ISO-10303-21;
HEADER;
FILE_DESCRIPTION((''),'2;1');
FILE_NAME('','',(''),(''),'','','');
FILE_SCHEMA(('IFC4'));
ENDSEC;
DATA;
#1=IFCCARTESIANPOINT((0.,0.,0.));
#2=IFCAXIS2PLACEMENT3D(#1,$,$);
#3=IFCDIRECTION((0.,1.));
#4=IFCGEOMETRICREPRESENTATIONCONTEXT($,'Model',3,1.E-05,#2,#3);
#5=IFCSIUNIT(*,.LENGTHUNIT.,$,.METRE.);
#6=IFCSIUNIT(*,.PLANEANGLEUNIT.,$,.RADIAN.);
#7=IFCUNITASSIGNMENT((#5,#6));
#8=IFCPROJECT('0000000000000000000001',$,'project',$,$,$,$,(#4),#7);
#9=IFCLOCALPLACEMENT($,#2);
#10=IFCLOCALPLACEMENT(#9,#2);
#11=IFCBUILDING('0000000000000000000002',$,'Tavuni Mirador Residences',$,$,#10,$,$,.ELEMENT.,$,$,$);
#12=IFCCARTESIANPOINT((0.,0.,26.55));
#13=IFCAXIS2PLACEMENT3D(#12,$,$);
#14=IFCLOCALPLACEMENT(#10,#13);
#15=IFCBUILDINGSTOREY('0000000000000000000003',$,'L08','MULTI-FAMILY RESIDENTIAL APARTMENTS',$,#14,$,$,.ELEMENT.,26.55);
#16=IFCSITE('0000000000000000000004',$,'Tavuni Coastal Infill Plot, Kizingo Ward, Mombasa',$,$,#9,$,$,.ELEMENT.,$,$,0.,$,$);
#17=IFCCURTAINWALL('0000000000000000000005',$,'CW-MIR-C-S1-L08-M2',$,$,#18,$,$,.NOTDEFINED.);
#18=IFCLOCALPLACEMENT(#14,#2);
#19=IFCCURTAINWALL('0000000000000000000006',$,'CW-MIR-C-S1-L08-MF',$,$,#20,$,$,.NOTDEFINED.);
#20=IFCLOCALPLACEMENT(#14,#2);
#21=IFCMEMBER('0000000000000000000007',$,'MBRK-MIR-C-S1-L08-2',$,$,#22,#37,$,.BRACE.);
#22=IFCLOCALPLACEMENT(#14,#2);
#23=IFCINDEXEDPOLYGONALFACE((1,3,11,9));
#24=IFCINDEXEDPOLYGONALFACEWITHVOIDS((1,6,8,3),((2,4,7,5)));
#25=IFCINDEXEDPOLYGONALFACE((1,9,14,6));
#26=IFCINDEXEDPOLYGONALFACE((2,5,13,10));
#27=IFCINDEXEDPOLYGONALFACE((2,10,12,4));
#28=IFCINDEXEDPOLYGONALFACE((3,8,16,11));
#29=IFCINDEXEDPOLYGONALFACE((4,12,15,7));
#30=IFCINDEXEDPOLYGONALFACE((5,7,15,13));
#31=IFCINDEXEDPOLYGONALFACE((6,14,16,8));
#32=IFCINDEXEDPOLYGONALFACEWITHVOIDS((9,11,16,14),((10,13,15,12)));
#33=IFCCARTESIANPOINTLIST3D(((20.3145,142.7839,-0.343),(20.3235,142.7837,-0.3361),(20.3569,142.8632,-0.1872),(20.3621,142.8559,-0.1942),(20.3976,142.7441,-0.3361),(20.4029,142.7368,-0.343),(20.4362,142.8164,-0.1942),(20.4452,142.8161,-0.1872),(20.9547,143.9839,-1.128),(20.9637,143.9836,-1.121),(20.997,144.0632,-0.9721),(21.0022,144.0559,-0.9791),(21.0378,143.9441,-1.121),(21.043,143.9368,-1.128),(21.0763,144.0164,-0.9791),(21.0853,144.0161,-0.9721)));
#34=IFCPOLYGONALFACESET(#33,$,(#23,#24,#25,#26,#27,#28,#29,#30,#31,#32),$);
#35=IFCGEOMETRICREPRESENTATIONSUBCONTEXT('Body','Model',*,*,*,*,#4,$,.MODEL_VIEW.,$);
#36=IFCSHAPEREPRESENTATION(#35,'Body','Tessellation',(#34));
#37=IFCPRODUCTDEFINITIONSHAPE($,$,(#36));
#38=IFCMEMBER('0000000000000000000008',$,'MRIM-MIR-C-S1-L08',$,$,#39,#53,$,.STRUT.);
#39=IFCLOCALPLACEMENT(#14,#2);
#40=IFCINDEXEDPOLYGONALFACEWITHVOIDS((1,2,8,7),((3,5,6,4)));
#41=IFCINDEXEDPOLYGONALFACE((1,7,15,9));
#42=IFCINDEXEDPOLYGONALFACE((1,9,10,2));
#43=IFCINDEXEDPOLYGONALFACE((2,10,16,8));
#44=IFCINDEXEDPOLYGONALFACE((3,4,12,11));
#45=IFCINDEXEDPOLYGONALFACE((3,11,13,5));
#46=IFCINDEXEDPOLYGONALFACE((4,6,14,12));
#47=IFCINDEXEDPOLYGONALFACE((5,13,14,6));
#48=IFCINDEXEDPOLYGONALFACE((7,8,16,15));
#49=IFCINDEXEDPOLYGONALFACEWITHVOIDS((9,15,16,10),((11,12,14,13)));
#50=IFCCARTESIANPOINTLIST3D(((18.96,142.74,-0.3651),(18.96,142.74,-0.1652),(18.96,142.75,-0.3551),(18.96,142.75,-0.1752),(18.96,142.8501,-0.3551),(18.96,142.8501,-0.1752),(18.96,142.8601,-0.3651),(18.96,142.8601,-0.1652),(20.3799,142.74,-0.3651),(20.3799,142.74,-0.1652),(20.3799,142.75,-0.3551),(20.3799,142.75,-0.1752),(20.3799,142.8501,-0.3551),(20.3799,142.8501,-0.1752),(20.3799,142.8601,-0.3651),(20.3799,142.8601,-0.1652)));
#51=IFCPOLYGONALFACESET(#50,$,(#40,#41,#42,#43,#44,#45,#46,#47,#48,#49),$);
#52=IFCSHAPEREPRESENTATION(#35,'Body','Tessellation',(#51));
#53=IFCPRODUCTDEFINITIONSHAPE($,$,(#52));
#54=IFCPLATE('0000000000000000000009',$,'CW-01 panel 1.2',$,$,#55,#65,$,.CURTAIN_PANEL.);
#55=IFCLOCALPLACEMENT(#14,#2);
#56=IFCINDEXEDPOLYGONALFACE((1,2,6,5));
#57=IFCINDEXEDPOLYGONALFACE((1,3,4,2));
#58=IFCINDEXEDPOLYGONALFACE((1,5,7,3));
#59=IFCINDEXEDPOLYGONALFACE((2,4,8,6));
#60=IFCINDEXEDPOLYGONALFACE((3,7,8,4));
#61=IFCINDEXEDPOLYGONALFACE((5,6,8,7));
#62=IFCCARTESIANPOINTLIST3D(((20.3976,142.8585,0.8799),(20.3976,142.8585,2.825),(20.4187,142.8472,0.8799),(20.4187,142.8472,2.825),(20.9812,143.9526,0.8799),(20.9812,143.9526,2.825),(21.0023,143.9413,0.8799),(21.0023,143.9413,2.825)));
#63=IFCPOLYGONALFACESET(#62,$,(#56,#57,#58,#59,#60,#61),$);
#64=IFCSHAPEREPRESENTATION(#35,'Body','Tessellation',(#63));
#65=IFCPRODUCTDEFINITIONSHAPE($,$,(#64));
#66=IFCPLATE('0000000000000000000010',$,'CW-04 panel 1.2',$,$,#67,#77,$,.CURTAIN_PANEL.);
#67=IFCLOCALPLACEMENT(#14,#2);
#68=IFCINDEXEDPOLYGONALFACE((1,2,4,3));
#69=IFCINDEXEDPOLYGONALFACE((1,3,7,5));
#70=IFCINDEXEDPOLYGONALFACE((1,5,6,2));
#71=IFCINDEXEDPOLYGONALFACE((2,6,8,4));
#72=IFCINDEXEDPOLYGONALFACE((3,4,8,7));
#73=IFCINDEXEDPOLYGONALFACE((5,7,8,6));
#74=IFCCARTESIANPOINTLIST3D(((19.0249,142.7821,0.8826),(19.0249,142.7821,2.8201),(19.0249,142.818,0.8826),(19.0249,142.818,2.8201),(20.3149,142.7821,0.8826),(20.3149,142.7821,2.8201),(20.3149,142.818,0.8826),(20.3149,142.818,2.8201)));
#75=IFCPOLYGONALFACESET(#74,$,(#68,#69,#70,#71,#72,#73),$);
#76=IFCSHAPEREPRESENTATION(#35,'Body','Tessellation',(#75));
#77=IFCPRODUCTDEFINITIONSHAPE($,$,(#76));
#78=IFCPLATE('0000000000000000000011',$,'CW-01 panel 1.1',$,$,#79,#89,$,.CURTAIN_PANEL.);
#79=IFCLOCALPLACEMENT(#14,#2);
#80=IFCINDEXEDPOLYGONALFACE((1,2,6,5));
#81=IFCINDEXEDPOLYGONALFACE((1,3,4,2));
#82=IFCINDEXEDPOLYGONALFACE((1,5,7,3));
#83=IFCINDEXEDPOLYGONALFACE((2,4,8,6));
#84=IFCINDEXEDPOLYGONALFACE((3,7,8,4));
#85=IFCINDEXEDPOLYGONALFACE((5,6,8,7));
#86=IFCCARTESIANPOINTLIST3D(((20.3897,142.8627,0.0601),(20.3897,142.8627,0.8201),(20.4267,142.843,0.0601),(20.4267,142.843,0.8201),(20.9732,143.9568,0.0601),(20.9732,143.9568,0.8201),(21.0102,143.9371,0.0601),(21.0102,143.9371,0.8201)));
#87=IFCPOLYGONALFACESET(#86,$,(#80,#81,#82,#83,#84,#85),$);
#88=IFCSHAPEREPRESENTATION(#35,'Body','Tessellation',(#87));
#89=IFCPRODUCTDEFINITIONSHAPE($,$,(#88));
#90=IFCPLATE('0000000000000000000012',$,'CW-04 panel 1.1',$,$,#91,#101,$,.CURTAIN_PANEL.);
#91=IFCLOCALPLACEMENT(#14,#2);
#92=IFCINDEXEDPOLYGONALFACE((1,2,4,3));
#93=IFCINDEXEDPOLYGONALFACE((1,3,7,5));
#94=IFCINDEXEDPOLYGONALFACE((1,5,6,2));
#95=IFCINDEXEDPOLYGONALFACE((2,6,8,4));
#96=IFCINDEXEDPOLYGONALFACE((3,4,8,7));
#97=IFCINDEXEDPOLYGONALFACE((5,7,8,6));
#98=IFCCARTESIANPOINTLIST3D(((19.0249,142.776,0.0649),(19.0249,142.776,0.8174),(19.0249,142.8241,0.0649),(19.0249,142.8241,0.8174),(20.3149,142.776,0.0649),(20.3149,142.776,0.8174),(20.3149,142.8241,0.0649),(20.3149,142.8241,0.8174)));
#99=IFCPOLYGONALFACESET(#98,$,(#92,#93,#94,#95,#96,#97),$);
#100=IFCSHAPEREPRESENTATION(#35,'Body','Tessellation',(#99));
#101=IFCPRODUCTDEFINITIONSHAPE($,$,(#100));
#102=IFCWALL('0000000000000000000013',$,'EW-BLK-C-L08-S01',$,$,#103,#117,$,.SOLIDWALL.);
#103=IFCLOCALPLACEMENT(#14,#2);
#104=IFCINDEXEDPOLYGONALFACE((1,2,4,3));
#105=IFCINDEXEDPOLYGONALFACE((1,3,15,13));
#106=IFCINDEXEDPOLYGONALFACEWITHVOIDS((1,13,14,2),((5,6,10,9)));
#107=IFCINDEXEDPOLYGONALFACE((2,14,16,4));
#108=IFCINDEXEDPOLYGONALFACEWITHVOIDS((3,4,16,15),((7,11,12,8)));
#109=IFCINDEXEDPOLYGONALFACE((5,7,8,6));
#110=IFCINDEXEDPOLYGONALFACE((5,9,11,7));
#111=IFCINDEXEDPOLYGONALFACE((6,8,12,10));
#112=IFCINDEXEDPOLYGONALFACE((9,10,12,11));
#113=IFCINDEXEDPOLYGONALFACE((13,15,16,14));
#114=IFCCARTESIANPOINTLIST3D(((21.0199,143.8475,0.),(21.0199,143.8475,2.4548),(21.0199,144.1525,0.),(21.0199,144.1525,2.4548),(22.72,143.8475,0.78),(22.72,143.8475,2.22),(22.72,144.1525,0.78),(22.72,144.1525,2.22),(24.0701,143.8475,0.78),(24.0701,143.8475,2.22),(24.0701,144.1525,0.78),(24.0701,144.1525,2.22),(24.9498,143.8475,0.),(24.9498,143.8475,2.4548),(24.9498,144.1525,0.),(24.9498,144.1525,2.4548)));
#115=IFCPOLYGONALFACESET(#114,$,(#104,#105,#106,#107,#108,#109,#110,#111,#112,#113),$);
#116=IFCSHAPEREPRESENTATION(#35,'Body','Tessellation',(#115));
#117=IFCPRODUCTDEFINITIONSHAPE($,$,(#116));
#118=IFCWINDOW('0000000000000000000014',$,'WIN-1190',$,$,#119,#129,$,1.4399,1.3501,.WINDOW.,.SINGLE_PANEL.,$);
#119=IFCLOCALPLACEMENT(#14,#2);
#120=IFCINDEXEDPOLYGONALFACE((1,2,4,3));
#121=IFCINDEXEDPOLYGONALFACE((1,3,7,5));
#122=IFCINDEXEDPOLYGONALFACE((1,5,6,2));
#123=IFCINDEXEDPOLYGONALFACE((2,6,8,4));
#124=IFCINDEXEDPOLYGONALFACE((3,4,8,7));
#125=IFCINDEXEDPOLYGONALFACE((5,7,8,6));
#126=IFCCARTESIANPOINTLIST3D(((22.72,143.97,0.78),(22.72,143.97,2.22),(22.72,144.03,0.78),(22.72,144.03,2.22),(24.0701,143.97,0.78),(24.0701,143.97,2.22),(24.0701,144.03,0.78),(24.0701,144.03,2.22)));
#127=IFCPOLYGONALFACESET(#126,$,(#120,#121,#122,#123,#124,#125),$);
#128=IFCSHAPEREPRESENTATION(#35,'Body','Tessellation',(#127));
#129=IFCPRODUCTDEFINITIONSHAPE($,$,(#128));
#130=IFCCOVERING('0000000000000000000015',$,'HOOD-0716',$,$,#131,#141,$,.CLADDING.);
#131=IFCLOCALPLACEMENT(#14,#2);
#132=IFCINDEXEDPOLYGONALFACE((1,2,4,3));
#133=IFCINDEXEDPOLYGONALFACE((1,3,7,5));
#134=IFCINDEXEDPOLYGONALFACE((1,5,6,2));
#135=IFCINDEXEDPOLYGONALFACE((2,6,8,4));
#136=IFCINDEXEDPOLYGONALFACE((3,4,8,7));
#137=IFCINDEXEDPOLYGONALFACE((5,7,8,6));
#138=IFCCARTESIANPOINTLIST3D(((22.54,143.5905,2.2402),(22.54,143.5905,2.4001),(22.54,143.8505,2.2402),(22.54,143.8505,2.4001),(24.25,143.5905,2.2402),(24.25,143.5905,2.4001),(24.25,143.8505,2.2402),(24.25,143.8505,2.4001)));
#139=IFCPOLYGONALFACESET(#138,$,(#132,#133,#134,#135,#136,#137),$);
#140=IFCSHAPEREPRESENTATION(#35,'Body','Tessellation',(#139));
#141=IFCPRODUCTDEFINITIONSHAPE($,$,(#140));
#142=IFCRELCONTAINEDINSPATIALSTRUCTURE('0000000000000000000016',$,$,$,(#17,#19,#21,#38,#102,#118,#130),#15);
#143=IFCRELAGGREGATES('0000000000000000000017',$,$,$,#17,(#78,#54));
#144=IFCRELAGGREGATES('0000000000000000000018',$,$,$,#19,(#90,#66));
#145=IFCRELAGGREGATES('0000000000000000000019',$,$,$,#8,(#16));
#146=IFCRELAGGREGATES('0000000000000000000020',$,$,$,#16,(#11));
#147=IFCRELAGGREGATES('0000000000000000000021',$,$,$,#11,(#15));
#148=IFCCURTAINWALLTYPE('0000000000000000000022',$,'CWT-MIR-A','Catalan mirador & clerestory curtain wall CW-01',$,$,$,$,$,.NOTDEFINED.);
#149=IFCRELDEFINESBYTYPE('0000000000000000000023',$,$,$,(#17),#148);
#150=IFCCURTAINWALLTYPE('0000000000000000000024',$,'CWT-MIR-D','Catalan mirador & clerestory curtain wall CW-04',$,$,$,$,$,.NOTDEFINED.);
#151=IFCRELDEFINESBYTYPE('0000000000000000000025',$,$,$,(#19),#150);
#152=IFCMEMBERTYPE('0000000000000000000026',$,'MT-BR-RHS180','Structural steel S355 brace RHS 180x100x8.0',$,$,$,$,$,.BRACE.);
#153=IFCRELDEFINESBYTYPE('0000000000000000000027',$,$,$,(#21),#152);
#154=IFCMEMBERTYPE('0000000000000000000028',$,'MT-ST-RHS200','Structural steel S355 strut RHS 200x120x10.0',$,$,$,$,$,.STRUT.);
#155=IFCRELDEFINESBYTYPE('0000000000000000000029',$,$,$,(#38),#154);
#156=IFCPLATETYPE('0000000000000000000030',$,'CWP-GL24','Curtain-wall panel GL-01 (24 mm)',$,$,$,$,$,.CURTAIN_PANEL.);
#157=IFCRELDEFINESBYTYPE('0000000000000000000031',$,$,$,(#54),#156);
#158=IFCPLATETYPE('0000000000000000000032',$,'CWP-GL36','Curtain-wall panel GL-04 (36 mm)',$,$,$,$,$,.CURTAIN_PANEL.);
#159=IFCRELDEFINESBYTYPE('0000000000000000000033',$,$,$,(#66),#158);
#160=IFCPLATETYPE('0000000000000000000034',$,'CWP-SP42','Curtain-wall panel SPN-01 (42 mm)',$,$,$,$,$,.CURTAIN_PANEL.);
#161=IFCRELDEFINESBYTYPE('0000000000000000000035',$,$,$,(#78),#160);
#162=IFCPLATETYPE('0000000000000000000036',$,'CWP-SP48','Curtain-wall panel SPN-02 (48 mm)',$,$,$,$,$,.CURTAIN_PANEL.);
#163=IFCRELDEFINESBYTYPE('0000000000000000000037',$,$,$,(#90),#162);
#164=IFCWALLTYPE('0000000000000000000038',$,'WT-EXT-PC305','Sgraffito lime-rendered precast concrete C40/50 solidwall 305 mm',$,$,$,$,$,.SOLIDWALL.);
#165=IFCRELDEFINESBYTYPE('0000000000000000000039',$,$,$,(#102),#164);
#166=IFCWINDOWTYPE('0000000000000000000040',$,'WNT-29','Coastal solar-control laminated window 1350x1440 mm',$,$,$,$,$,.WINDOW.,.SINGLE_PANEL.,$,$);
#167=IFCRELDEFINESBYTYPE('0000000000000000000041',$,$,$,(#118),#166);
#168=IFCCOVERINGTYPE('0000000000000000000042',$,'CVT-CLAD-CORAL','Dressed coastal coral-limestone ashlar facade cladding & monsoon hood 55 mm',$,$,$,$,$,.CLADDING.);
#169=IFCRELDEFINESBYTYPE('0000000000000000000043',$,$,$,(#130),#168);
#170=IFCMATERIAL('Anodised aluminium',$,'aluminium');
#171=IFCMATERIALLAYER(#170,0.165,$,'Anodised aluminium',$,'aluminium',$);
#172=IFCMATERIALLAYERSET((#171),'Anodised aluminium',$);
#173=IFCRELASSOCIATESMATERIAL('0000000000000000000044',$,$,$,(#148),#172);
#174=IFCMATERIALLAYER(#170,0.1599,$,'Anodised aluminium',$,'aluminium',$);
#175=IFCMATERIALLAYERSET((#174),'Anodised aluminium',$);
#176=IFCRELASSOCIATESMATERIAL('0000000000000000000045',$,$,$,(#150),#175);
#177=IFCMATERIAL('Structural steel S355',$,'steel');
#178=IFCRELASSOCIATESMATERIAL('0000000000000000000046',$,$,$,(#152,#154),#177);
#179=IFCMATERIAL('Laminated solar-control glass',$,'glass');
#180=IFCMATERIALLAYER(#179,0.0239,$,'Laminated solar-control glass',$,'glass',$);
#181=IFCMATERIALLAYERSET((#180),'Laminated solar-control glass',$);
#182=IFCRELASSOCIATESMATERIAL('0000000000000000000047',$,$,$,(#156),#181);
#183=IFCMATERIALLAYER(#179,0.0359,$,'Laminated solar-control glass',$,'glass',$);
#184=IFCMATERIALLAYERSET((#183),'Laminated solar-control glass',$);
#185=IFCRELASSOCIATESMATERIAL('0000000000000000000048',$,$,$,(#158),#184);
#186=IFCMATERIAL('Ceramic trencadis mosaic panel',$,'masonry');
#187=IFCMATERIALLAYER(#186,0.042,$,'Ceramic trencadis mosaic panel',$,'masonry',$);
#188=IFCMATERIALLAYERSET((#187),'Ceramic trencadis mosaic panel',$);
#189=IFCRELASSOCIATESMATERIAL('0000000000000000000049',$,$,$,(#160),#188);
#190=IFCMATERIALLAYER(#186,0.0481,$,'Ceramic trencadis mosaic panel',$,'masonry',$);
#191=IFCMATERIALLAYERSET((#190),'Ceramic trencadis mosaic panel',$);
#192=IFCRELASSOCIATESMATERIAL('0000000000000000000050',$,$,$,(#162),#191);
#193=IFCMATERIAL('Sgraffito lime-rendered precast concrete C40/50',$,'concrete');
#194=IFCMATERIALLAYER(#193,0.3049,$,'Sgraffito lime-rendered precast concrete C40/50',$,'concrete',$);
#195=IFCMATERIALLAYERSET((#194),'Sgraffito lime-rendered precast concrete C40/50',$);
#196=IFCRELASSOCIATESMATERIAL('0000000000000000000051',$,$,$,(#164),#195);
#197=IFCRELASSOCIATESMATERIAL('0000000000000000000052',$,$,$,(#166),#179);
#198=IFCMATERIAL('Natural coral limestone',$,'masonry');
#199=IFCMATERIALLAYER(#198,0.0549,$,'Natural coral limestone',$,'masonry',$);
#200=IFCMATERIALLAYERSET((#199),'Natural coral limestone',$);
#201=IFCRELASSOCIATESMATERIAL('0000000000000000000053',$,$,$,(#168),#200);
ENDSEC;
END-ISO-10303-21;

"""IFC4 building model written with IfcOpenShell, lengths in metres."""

from ifc_helpers import new_model, si_unit, direction, frame, frame_2d, origin, origin_2d, place, context, subcontext, project, spatial, rectangle, hollow_rectangle, extrude, material, layer, layer_set, material_profile, profile_set, type_object, element, fill, aggregate, save


model = new_model("IFC4")

# Units and contexts
model_context = context("Model", 3, precision=1e-05, world=origin(), true_north=direction((0.0, 1.0)))
body_context = subcontext(model_context, "Body", "Model", "MODEL_VIEW")
ifc_project = project(units=[si_unit("LENGTHUNIT", "METRE"), si_unit("PLANEANGLEUNIT", "RADIAN")], contexts=[model_context])

# Site, building, storey
site_placement = place(None, origin())
site = spatial("IfcSite", under=ifc_project, at=site_placement, Name="Tavuni Coastal Infill Plot, Kizingo Ward, Mombasa", CompositionType="ELEMENT", RefElevation=0.0)
building_placement = place(site_placement, origin())
building = spatial("IfcBuilding", under=site, at=building_placement, Name="Tavuni Mirador Residences", CompositionType="ELEMENT")
storey_placement = place(building_placement, frame((0.0, 0.0, 26.55)))
storey = spatial("IfcBuildingStorey", under=building, at=storey_placement, Name="L08", Description="MULTI-FAMILY RESIDENTIAL APARTMENTS", CompositionType="ELEMENT", Elevation=26.55)

# Curtain walls
ifc_material_1 = material(Name="Anodised aluminium", Category="aluminium")
ifc_layer_1 = layer(ifc_material_1, 0.165, Name="Anodised aluminium", Category="aluminium")
ifc_layer_set_1 = layer_set([ifc_layer_1], Name="Anodised aluminium")
curtain_wall_type_1 = type_object("IfcCurtainWallType", Name="CWT-MIR-A", Description="Catalan mirador & clerestory curtain wall CW-01", PredefinedType="NOTDEFINED", material=ifc_layer_set_1)
curtain_wall_1_placement = place(storey_placement, origin())
curtain_wall_1 = element("IfcCurtainWall", 1, at=curtain_wall_1_placement, inside=storey, type_object=curtain_wall_type_1, Name="CW-MIR-C-S1-L08-M2", PredefinedType="NOTDEFINED")
ifc_layer_2 = layer(ifc_material_1, 0.1599, Name="Anodised aluminium", Category="aluminium")
ifc_layer_set_2 = layer_set([ifc_layer_2], Name="Anodised aluminium")
curtain_wall_type_2 = type_object("IfcCurtainWallType", Name="CWT-MIR-D", Description="Catalan mirador & clerestory curtain wall CW-04", PredefinedType="NOTDEFINED", material=ifc_layer_set_2)
curtain_wall_2_placement = place(storey_placement, origin())
curtain_wall_2 = element("IfcCurtainWall", 2, at=curtain_wall_2_placement, inside=storey, type_object=curtain_wall_type_2, Name="CW-MIR-C-S1-L08-MF", PredefinedType="NOTDEFINED")

# Members
ifc_material_2 = material(Name="Structural steel S355", Category="steel")
ifc_material_profile_1 = material_profile(ifc_material_2, hollow_rectangle(XDim=0.1001, YDim=0.1799, WallThickness=0.0081, at=origin_2d()), Name="RHS 180x100x8.0", Category="steel")
ifc_profile_set_1 = profile_set([ifc_material_profile_1], Name="Structural steel S355")
member_type_1 = type_object("IfcMemberType", Name="MT-BR-RHS180", Description="Structural steel S355 brace RHS 180x100x8.0", PredefinedType="BRACE", material=ifc_profile_set_1)
member_1_placement = place(storey_placement, frame((21.02, 144.0, -1.05), z_axis=(-0.407661, -0.764169, 0.499858), x_axis=(0.882303, -0.470681, 0.0)))
element("IfcMember", 3, at=member_1_placement, inside=storey, type_object=member_type_1, Name="MBRK-MIR-C-S1-L08-2", PredefinedType="BRACE", context=body_context, shape_type="SweptSolid", body=[
    extrude(hollow_rectangle(XDim=0.1001, YDim=0.1799, WallThickness=0.0081, at=origin_2d()), origin(), (0.0, 0.0, 1.0), 1.5703),
])
ifc_material_profile_2 = material_profile(ifc_material_2, hollow_rectangle(XDim=0.1201, YDim=0.2, WallThickness=0.01, at=origin_2d()), Name="RHS 200x120x10.0", Category="steel")
ifc_profile_set_2 = profile_set([ifc_material_profile_2], Name="Structural steel S355")
member_type_2 = type_object("IfcMemberType", Name="MT-ST-RHS200", Description="Structural steel S355 strut RHS 200x120x10.0", PredefinedType="STRUT", material=ifc_profile_set_2)
member_2_placement = place(storey_placement, frame((18.96, 142.8, -0.2651), z_axis=(1.0, 0.0, 0.0), x_axis=(0.0, 1.0, 0.0)))
element("IfcMember", 4, at=member_2_placement, inside=storey, type_object=member_type_2, Name="MRIM-MIR-C-S1-L08", PredefinedType="STRUT", context=body_context, shape_type="SweptSolid", body=[
    extrude(hollow_rectangle(XDim=0.1201, YDim=0.2, WallThickness=0.01, at=origin_2d()), origin(), (0.0, 0.0, 1.0), 1.4199),
])

# Plates
ifc_material_3 = material(Name="Laminated solar-control glass", Category="glass")
ifc_layer_3 = layer(ifc_material_3, 0.0239, Name="Laminated solar-control glass", Category="glass")
ifc_layer_set_3 = layer_set([ifc_layer_3], Name="Laminated solar-control glass")
plate_type_1 = type_object("IfcPlateType", Name="CWP-GL24", Description="Curtain-wall panel GL-01 (24 mm)", PredefinedType="CURTAIN_PANEL", material=ifc_layer_set_3)
plate_1_placement = place(storey_placement, frame((20.7, 143.3999, 0.8799), z_axis=(0.0, 0.0, 1.0), x_axis=(0.470588, 0.882353, 0.0)))
plate_1 = element("IfcPlate", 5, at=plate_1_placement, type_object=plate_type_1, Name="CW-01 panel 1.2", PredefinedType="CURTAIN_PANEL", context=body_context, shape_type="SweptSolid", body=[
    extrude(rectangle(XDim=1.24, YDim=0.0239, at=origin_2d()), origin(), (0.0, 0.0, 1.0), 1.9451),
])
ifc_layer_4 = layer(ifc_material_3, 0.0359, Name="Laminated solar-control glass", Category="glass")
ifc_layer_set_4 = layer_set([ifc_layer_4], Name="Laminated solar-control glass")
plate_type_2 = type_object("IfcPlateType", Name="CWP-GL36", Description="Curtain-wall panel GL-04 (36 mm)", PredefinedType="CURTAIN_PANEL", material=ifc_layer_set_4)
plate_2_placement = place(storey_placement, frame((19.6699, 142.8, 0.8826), z_axis=(0.0, 0.0, 1.0), x_axis=(1.0, 0.0, 0.0)))
plate_2 = element("IfcPlate", 6, at=plate_2_placement, type_object=plate_type_2, Name="CW-04 panel 1.2", PredefinedType="CURTAIN_PANEL", context=body_context, shape_type="SweptSolid", body=[
    extrude(rectangle(XDim=1.29, YDim=0.0359, at=origin_2d()), origin(), (0.0, 0.0, 1.0), 1.9375),
])
ifc_material_4 = material(Name="Ceramic trencadis mosaic panel", Category="masonry")
ifc_layer_5 = layer(ifc_material_4, 0.042, Name="Ceramic trencadis mosaic panel", Category="masonry")
ifc_layer_set_5 = layer_set([ifc_layer_5], Name="Ceramic trencadis mosaic panel")
plate_type_3 = type_object("IfcPlateType", Name="CWP-SP42", Description="Curtain-wall panel SPN-01 (42 mm)", PredefinedType="CURTAIN_PANEL", material=ifc_layer_set_5)
plate_3_placement = place(storey_placement, frame((20.7, 143.3999, 0.0601), z_axis=(0.0, 0.0, 1.0), x_axis=(0.470588, 0.882353, 0.0)))
plate_3 = element("IfcPlate", 7, at=plate_3_placement, type_object=plate_type_3, Name="CW-01 panel 1.1", PredefinedType="CURTAIN_PANEL", context=body_context, shape_type="SweptSolid", body=[
    extrude(rectangle(XDim=1.24, YDim=0.042, at=origin_2d()), origin(), (0.0, 0.0, 1.0), 0.76),
])
aggregate(curtain_wall_1, [plate_3, plate_1])
ifc_layer_6 = layer(ifc_material_4, 0.0481, Name="Ceramic trencadis mosaic panel", Category="masonry")
ifc_layer_set_6 = layer_set([ifc_layer_6], Name="Ceramic trencadis mosaic panel")
plate_type_4 = type_object("IfcPlateType", Name="CWP-SP48", Description="Curtain-wall panel SPN-02 (48 mm)", PredefinedType="CURTAIN_PANEL", material=ifc_layer_set_6)
plate_4_placement = place(storey_placement, frame((19.6699, 142.8, 0.0649), z_axis=(0.0, 0.0, 1.0), x_axis=(1.0, 0.0, 0.0)))
plate_4 = element("IfcPlate", 8, at=plate_4_placement, type_object=plate_type_4, Name="CW-04 panel 1.1", PredefinedType="CURTAIN_PANEL", context=body_context, shape_type="SweptSolid", body=[
    extrude(rectangle(XDim=1.29, YDim=0.0481, at=origin_2d()), origin(), (0.0, 0.0, 1.0), 0.7524),
])
aggregate(curtain_wall_2, [plate_4, plate_2])

# Wall, opening, window
ifc_material_5 = material(Name="Sgraffito lime-rendered precast concrete C40/50", Category="concrete")
ifc_layer_7 = layer(ifc_material_5, 0.3049, Name="Sgraffito lime-rendered precast concrete C40/50", Category="concrete")
ifc_layer_set_7 = layer_set([ifc_layer_7], Name="Sgraffito lime-rendered precast concrete C40/50")
wall_type = type_object("IfcWallType", Name="WT-EXT-PC305", Description="Sgraffito lime-rendered precast concrete C40/50 solidwall 305 mm", PredefinedType="SOLIDWALL", material=ifc_layer_set_7)
wall_placement = place(storey_placement, frame((21.02, 144.0, 0.0), z_axis=(0.0, 0.0, 1.0), x_axis=(1.0, 0.0, 0.0)))
wall = element("IfcWall", 9, at=wall_placement, inside=storey, type_object=wall_type, Name="EW-BLK-C-L08-S01", PredefinedType="SOLIDWALL", context=body_context, shape_type="SweptSolid", body=[
    extrude(rectangle(XDim=3.9299, YDim=0.3049, at=frame_2d((1.9648, 0.0))), origin(), (0.0, 0.0, 1.0), 2.4548),
])
opening_placement = place(wall_placement, frame((1.7, 0.0, 0.78)))
opening = element("IfcOpeningElement", 10, at=opening_placement, cuts=wall, PredefinedType="OPENING", context=body_context, shape_type="SweptSolid", body=[
    extrude(rectangle(XDim=1.3501, YDim=1.4399, at=frame_2d((0.675, 0.72))), frame((0.0, 0.1626, 0.0), z_axis=(0.0, -1.0, 0.0), x_axis=(1.0, 0.0, 0.0)), (0.0, 0.0, 1.0), 0.325),
])
window_type = type_object("IfcWindowType", Name="WNT-29", Description="Coastal solar-control laminated window 1350x1440 mm", PartitioningType="SINGLE_PANEL", PredefinedType="WINDOW", material=ifc_material_3)
window_placement = place(opening_placement, origin())
window = element("IfcWindow", 11, at=window_placement, inside=storey, type_object=window_type, Name="WIN-1190", OverallHeight=1.4399, OverallWidth=1.3501, PartitioningType="SINGLE_PANEL", PredefinedType="WINDOW", context=body_context, shape_type="SweptSolid", body=[
    extrude(rectangle(XDim=1.3501, YDim=1.4399, at=frame_2d((0.675, 0.72))), frame((0.0, 0.03, 0.0), z_axis=(0.0, -1.0, 0.0), x_axis=(1.0, 0.0, 0.0)), (0.0, 0.0, 1.0), 0.0601),
])
fill(opening, window)

# Covering
ifc_material_6 = material(Name="Natural coral limestone", Category="masonry")
ifc_layer_8 = layer(ifc_material_6, 0.0549, Name="Natural coral limestone", Category="masonry")
ifc_layer_set_8 = layer_set([ifc_layer_8], Name="Natural coral limestone")
covering_type = type_object("IfcCoveringType", Name="CVT-CLAD-CORAL", Description="Dressed coastal coral-limestone ashlar facade cladding & monsoon hood 55 mm", PredefinedType="CLADDING", material=ifc_layer_set_8)
covering_placement = place(storey_placement, frame((23.395, 143.7205, 2.2402), z_axis=(0.0, 0.0, 1.0), x_axis=(1.0, 0.0, 0.0)))
element("IfcCovering", 12, at=covering_placement, inside=storey, type_object=covering_type, Name="HOOD-0716", PredefinedType="CLADDING", context=body_context, shape_type="SweptSolid", body=[
    extrude(rectangle(XDim=1.71, YDim=0.26, at=origin_2d()), origin(), (0.0, 0.0, 1.0), 0.1599),
])

save(model, "model.ifc")
